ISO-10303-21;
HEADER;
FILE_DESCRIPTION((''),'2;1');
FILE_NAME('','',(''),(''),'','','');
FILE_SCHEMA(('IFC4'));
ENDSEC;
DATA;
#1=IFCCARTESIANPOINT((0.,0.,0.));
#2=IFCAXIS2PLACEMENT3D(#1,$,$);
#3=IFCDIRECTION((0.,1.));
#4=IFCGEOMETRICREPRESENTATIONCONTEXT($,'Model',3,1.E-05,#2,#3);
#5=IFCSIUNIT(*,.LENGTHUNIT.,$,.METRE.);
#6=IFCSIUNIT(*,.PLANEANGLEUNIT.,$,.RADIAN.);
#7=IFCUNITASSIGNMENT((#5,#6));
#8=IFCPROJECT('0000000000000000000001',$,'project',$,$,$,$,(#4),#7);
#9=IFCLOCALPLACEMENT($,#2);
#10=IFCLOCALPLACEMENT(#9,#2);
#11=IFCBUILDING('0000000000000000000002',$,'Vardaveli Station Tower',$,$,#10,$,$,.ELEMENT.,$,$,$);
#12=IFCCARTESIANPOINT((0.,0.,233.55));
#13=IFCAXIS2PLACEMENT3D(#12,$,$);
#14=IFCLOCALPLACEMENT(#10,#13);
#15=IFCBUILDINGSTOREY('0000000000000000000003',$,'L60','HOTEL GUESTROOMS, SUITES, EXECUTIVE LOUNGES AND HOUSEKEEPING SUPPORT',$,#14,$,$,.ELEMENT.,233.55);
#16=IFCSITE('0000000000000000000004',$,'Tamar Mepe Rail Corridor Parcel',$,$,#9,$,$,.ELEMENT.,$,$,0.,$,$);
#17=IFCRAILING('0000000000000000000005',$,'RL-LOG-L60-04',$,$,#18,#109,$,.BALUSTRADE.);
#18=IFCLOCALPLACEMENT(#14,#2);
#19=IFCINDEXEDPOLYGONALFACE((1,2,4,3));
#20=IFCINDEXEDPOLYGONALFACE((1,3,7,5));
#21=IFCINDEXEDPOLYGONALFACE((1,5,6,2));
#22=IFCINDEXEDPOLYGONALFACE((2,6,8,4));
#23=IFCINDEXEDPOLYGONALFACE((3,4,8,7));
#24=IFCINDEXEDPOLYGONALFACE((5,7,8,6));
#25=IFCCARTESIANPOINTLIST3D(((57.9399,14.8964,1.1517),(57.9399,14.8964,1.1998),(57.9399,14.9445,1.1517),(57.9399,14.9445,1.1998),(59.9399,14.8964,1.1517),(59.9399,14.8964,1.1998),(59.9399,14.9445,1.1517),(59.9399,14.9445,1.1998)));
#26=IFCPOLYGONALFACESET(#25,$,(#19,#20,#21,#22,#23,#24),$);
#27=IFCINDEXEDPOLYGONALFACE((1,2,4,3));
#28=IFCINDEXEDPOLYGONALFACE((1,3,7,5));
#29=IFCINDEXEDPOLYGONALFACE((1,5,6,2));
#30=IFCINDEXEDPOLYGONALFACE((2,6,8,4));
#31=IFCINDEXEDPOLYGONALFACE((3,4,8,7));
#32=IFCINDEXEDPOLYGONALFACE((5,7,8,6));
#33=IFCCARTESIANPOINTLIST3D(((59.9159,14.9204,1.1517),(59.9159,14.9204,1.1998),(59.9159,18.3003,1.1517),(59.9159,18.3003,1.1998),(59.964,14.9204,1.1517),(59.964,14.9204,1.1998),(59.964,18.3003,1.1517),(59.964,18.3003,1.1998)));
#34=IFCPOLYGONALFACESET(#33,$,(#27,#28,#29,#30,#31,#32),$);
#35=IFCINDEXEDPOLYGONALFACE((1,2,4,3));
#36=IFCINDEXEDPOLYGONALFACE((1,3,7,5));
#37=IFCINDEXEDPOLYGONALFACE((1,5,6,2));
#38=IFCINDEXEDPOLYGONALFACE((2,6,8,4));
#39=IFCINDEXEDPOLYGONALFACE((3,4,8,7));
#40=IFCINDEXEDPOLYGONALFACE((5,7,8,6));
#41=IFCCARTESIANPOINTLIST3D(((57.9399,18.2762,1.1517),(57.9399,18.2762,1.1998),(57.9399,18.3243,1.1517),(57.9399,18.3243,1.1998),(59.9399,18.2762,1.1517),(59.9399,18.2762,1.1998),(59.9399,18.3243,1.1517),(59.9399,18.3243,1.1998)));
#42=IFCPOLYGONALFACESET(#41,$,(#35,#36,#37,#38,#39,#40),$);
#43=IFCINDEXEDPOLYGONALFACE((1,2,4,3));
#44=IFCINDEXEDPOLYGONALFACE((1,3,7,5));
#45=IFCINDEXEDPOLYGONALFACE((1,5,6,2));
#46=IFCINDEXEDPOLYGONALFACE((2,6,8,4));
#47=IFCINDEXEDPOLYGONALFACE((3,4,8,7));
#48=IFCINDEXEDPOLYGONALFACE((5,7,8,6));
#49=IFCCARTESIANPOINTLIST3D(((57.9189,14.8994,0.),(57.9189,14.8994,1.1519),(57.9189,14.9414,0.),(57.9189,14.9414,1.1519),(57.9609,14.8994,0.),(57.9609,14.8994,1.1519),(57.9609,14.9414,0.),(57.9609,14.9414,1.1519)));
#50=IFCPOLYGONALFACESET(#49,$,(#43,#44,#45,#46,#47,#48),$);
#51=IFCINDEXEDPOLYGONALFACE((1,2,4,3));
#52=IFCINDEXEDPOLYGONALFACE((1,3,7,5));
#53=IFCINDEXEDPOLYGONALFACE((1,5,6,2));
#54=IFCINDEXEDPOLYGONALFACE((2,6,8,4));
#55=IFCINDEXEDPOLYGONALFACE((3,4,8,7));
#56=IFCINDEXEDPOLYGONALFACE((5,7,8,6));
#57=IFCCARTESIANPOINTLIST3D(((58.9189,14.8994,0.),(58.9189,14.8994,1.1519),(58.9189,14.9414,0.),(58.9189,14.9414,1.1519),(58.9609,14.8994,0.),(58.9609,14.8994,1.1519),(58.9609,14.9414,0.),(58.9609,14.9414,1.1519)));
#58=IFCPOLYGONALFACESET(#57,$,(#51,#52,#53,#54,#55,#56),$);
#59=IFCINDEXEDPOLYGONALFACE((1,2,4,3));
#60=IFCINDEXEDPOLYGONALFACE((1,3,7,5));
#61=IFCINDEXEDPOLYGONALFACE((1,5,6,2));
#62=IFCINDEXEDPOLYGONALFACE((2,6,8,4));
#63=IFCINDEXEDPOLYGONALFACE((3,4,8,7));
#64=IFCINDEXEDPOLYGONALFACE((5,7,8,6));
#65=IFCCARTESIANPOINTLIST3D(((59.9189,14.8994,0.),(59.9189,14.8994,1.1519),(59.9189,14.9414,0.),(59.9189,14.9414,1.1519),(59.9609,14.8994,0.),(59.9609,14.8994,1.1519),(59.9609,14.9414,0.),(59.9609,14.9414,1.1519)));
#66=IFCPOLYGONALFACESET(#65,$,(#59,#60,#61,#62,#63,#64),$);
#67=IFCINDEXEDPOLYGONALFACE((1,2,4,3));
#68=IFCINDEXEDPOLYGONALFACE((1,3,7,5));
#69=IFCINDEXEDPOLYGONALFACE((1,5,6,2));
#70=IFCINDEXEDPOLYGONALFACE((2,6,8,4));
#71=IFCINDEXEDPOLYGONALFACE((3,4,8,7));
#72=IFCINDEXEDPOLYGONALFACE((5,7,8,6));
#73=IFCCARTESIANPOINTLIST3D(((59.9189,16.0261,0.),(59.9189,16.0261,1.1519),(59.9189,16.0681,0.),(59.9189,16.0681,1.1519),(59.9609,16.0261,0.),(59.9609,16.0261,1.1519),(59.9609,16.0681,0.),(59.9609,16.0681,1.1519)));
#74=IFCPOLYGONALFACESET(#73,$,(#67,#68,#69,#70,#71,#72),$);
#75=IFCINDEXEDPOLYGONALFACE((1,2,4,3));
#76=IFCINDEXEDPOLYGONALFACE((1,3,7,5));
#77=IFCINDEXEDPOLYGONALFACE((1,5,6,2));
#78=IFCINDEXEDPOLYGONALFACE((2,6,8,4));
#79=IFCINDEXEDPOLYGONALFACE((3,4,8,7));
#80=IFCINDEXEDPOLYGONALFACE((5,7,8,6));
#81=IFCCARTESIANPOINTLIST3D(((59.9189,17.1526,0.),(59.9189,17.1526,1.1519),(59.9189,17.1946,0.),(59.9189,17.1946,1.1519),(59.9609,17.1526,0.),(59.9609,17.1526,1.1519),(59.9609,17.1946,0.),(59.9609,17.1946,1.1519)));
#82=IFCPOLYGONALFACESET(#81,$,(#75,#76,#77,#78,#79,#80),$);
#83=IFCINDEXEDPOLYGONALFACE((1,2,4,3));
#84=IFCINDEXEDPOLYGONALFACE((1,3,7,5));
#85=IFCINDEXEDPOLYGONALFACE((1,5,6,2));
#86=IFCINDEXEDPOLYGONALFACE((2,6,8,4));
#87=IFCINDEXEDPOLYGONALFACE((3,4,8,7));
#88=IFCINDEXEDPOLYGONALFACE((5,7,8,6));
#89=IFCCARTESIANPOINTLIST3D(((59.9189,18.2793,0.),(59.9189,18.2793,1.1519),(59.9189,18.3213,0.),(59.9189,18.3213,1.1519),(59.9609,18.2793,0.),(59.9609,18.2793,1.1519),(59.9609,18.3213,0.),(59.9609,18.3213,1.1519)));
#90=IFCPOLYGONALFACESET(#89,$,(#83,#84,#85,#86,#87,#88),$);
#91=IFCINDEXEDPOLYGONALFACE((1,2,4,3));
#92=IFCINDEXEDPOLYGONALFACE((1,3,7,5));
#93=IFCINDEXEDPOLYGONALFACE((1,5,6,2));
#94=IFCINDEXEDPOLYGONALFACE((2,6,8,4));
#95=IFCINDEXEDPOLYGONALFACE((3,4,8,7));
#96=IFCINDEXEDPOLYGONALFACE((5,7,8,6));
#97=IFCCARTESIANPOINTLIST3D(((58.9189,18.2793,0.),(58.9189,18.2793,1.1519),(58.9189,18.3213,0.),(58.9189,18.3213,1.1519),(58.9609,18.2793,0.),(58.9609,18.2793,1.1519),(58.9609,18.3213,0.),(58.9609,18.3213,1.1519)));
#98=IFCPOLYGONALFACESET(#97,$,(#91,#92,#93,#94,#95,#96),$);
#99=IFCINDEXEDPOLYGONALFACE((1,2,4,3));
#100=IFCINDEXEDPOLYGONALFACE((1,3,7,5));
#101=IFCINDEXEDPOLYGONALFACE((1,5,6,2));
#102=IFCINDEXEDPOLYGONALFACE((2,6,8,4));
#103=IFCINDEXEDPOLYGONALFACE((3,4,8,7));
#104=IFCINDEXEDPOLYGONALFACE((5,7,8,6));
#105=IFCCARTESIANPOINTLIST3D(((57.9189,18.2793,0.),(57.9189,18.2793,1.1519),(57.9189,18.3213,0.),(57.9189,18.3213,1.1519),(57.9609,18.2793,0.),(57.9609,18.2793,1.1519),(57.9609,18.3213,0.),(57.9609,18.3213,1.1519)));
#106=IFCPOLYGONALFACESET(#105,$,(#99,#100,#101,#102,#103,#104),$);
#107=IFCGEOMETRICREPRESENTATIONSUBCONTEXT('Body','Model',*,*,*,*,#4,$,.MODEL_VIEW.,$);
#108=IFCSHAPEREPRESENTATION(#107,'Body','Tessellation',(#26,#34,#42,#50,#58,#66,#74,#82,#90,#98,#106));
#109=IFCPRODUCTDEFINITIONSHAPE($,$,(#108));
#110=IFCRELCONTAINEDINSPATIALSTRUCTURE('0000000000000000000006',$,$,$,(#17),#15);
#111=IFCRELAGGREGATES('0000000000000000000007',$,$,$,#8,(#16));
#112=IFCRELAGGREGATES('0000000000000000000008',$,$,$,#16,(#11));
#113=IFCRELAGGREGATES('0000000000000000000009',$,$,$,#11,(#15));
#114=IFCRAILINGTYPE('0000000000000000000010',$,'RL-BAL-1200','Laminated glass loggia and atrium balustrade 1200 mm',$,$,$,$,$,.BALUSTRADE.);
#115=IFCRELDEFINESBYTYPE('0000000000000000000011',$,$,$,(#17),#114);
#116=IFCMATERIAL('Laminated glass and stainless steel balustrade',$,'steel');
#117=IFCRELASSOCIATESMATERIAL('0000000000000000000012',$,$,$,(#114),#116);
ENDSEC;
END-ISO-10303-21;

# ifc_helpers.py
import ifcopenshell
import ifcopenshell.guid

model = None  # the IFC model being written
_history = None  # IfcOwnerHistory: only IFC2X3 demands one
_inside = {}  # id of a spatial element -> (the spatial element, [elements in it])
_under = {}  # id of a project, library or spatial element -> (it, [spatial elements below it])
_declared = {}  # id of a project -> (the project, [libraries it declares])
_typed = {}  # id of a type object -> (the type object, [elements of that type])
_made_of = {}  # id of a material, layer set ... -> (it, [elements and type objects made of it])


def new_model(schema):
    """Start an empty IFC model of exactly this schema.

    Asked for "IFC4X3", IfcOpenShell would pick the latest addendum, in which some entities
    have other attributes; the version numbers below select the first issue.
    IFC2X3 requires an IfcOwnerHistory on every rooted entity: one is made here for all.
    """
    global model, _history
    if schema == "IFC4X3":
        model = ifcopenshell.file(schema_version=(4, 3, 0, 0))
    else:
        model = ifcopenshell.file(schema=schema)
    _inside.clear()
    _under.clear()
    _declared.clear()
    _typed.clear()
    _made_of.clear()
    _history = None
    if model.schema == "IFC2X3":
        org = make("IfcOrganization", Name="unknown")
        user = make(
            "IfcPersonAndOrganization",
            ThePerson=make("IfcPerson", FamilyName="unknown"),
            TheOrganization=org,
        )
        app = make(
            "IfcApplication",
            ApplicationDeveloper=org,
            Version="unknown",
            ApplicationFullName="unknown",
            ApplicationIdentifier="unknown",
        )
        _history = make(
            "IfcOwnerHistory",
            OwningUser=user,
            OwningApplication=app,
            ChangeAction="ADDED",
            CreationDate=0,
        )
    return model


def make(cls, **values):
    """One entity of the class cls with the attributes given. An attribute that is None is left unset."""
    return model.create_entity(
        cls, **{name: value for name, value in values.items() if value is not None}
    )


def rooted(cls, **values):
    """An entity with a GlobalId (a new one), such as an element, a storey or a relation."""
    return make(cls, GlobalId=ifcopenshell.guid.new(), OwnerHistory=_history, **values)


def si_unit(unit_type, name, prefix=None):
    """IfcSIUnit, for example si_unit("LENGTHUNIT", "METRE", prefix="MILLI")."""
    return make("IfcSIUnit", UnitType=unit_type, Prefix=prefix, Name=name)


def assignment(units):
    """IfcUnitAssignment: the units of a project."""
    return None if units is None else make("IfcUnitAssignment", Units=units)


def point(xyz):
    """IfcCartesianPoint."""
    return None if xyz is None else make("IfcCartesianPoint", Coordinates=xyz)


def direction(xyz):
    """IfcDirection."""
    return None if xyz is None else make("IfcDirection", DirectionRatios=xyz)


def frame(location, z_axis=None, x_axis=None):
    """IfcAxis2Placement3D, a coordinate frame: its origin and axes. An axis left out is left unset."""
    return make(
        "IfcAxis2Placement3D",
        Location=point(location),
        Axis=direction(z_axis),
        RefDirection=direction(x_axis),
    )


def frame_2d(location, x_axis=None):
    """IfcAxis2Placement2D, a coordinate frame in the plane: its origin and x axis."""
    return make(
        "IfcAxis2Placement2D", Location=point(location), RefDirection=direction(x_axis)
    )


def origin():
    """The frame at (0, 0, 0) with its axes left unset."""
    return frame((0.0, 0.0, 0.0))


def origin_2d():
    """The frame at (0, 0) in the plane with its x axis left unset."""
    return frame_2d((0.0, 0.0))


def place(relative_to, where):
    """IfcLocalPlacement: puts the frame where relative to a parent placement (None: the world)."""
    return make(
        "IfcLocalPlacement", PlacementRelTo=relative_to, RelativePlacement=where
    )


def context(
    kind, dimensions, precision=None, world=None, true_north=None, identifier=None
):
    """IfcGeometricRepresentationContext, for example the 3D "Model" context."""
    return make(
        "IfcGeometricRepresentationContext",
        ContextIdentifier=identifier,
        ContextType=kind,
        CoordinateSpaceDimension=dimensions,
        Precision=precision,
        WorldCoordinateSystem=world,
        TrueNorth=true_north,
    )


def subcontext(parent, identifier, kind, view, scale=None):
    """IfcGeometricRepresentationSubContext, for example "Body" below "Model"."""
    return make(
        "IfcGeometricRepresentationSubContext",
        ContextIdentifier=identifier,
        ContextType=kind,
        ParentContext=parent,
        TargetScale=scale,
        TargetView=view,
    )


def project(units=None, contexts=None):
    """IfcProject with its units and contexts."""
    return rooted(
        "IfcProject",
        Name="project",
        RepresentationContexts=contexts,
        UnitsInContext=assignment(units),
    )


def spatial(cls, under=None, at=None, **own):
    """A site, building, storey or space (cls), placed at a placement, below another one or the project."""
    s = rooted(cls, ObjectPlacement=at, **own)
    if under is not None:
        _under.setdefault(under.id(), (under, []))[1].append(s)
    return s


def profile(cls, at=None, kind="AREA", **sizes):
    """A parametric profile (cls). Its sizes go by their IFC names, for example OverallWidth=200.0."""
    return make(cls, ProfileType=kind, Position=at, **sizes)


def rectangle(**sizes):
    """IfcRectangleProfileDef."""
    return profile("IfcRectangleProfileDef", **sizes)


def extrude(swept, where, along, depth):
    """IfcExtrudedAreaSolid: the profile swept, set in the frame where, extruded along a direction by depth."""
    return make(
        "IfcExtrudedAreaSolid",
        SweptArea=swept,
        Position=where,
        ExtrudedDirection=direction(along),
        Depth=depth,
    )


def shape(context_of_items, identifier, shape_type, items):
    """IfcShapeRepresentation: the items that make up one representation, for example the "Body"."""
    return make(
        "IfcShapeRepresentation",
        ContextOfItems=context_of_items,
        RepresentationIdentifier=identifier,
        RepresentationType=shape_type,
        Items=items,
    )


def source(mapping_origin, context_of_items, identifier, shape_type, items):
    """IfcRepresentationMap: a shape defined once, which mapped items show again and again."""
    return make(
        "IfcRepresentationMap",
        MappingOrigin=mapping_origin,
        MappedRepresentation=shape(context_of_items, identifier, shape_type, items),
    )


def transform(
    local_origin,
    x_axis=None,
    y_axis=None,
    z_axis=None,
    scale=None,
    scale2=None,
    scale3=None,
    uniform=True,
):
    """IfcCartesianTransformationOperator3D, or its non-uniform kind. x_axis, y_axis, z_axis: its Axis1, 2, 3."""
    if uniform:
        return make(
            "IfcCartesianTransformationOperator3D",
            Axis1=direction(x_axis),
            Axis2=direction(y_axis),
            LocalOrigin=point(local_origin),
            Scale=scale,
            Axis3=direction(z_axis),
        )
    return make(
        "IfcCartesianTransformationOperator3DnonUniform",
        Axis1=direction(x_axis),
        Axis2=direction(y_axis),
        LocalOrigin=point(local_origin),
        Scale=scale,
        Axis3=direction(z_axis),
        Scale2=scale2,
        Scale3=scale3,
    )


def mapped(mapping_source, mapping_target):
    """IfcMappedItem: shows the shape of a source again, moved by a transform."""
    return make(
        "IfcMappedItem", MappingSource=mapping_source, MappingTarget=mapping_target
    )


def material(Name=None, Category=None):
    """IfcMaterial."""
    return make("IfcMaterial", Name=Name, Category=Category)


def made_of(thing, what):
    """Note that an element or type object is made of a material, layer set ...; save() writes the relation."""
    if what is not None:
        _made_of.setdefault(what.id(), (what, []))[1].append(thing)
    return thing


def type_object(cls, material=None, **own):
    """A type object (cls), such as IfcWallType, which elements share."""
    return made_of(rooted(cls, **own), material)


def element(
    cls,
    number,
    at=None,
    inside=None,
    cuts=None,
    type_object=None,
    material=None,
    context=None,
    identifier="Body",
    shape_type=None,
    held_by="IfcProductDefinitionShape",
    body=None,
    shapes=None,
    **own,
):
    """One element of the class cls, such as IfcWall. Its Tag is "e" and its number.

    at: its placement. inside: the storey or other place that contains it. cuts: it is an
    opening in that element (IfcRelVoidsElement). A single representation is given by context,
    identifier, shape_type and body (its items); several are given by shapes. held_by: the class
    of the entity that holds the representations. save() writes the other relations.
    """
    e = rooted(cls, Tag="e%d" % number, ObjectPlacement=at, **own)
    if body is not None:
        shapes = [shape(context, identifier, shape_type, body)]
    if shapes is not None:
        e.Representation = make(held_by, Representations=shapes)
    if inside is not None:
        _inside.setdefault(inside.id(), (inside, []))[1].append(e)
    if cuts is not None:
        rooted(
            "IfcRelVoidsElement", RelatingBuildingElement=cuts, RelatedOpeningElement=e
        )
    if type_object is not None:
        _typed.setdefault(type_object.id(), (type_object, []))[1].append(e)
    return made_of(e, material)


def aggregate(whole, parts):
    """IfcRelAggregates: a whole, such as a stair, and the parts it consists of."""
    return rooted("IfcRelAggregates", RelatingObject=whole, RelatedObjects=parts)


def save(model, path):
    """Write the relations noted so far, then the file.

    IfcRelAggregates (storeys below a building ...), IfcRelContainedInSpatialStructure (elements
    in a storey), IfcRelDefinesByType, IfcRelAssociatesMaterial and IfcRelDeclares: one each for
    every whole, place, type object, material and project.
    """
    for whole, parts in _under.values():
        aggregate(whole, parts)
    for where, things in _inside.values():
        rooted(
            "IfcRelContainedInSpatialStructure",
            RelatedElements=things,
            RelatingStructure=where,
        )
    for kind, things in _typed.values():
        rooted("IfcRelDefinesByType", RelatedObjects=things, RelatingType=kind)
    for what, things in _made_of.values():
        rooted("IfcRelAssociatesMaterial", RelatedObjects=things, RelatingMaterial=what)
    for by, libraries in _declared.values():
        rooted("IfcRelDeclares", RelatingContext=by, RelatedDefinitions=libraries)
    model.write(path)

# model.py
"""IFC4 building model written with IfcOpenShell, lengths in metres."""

from ifc_helpers import new_model, si_unit, direction, frame, origin, origin_2d, place, context, subcontext, project, spatial, rectangle, extrude, source, transform, mapped, material, type_object, element, save


model = new_model("IFC4")

# Units and contexts
model_context = context("Model", 3, precision=1e-05, world=origin(), true_north=direction((0.0, 1.0)))
body_context = subcontext(model_context, "Body", "Model", "MODEL_VIEW")
ifc_project = project(units=[si_unit("LENGTHUNIT", "METRE"), si_unit("PLANEANGLEUNIT", "RADIAN")], contexts=[model_context])

# Site, building, storey
site_placement = place(None, origin())
site = spatial("IfcSite", under=ifc_project, at=site_placement, Name="Tamar Mepe Rail Corridor Parcel", CompositionType="ELEMENT", RefElevation=0.0)
building_placement = place(site_placement, origin())
building = spatial("IfcBuilding", under=site, at=building_placement, Name="Vardaveli Station Tower", CompositionType="ELEMENT")
storey_placement = place(building_placement, frame((0.0, 0.0, 233.55)))
storey = spatial("IfcBuildingStorey", under=building, at=storey_placement, Name="L60", Description="HOTEL GUESTROOMS, SUITES, EXECUTIVE LOUNGES AND HOUSEKEEPING SUPPORT", CompositionType="ELEMENT", Elevation=233.55)

# Railing
ifc_material_1 = material(Name="Laminated glass and stainless steel balustrade", Category="steel")
railing_type = type_object("IfcRailingType", Name="RL-BAL-1200", Description="Laminated glass loggia and atrium balustrade 1200 mm", PredefinedType="BALUSTRADE", material=ifc_material_1)
shared_shape_1 = source(origin(), body_context, "Body", "SweptSolid", [
    extrude(rectangle(XDim=0.0481, YDim=0.0481, at=origin_2d()), frame((0.0, 0.0, 1.1758), z_axis=(1.0, 0.0, 0.0), x_axis=(0.0, 1.0, 0.0)), (0.0, 0.0, 1.0), 2.0),
    extrude(rectangle(XDim=0.0481, YDim=0.0481, at=origin_2d()), frame((2.0, 0.0, 1.1758), z_axis=(0.0, 1.0, 0.0), x_axis=(-1.0, 0.0, 0.0)), (0.0, 0.0, 1.0), 3.3799),
    extrude(rectangle(XDim=0.0481, YDim=0.0481, at=origin_2d()), frame((2.0, 3.3799, 1.1758), z_axis=(-1.0, 0.0, 0.0), x_axis=(0.0, -1.0, 0.0)), (0.0, 0.0, 1.0), 2.0),
    extrude(rectangle(XDim=0.042, YDim=0.042, at=origin_2d()), origin(), (0.0, 0.0, 1.0), 1.1519),
    extrude(rectangle(XDim=0.042, YDim=0.042, at=origin_2d()), frame((1.0, 0.0, 0.0)), (0.0, 0.0, 1.0), 1.1519),
    extrude(rectangle(XDim=0.042, YDim=0.042, at=origin_2d()), frame((2.0, 0.0, 0.0)), (0.0, 0.0, 1.0), 1.1519),
    extrude(rectangle(XDim=0.042, YDim=0.042, at=origin_2d()), frame((2.0, 1.1267, 0.0)), (0.0, 0.0, 1.0), 1.1519),
    extrude(rectangle(XDim=0.042, YDim=0.042, at=origin_2d()), frame((2.0, 2.2532, 0.0)), (0.0, 0.0, 1.0), 1.1519),
    extrude(rectangle(XDim=0.042, YDim=0.042, at=origin_2d()), frame((2.0, 3.3799, 0.0)), (0.0, 0.0, 1.0), 1.1519),
    extrude(rectangle(XDim=0.042, YDim=0.042, at=origin_2d()), frame((1.0, 3.3799, 0.0)), (0.0, 0.0, 1.0), 1.1519),
    extrude(rectangle(XDim=0.042, YDim=0.042, at=origin_2d()), frame((0.0, 3.3799, 0.0)), (0.0, 0.0, 1.0), 1.1519),
])
railing_placement = place(storey_placement, frame((57.9399, 14.9204, 0.0)))
element("IfcRailing", 1, at=railing_placement, inside=storey, type_object=railing_type, Name="RL-LOG-L60-04", PredefinedType="BALUSTRADE", context=body_context, shape_type="MappedRepresentation", body=[
    mapped(shared_shape_1, transform((0.0, 0.0, 0.0), scale=1.0)),
])

save(model, "model.ifc")
